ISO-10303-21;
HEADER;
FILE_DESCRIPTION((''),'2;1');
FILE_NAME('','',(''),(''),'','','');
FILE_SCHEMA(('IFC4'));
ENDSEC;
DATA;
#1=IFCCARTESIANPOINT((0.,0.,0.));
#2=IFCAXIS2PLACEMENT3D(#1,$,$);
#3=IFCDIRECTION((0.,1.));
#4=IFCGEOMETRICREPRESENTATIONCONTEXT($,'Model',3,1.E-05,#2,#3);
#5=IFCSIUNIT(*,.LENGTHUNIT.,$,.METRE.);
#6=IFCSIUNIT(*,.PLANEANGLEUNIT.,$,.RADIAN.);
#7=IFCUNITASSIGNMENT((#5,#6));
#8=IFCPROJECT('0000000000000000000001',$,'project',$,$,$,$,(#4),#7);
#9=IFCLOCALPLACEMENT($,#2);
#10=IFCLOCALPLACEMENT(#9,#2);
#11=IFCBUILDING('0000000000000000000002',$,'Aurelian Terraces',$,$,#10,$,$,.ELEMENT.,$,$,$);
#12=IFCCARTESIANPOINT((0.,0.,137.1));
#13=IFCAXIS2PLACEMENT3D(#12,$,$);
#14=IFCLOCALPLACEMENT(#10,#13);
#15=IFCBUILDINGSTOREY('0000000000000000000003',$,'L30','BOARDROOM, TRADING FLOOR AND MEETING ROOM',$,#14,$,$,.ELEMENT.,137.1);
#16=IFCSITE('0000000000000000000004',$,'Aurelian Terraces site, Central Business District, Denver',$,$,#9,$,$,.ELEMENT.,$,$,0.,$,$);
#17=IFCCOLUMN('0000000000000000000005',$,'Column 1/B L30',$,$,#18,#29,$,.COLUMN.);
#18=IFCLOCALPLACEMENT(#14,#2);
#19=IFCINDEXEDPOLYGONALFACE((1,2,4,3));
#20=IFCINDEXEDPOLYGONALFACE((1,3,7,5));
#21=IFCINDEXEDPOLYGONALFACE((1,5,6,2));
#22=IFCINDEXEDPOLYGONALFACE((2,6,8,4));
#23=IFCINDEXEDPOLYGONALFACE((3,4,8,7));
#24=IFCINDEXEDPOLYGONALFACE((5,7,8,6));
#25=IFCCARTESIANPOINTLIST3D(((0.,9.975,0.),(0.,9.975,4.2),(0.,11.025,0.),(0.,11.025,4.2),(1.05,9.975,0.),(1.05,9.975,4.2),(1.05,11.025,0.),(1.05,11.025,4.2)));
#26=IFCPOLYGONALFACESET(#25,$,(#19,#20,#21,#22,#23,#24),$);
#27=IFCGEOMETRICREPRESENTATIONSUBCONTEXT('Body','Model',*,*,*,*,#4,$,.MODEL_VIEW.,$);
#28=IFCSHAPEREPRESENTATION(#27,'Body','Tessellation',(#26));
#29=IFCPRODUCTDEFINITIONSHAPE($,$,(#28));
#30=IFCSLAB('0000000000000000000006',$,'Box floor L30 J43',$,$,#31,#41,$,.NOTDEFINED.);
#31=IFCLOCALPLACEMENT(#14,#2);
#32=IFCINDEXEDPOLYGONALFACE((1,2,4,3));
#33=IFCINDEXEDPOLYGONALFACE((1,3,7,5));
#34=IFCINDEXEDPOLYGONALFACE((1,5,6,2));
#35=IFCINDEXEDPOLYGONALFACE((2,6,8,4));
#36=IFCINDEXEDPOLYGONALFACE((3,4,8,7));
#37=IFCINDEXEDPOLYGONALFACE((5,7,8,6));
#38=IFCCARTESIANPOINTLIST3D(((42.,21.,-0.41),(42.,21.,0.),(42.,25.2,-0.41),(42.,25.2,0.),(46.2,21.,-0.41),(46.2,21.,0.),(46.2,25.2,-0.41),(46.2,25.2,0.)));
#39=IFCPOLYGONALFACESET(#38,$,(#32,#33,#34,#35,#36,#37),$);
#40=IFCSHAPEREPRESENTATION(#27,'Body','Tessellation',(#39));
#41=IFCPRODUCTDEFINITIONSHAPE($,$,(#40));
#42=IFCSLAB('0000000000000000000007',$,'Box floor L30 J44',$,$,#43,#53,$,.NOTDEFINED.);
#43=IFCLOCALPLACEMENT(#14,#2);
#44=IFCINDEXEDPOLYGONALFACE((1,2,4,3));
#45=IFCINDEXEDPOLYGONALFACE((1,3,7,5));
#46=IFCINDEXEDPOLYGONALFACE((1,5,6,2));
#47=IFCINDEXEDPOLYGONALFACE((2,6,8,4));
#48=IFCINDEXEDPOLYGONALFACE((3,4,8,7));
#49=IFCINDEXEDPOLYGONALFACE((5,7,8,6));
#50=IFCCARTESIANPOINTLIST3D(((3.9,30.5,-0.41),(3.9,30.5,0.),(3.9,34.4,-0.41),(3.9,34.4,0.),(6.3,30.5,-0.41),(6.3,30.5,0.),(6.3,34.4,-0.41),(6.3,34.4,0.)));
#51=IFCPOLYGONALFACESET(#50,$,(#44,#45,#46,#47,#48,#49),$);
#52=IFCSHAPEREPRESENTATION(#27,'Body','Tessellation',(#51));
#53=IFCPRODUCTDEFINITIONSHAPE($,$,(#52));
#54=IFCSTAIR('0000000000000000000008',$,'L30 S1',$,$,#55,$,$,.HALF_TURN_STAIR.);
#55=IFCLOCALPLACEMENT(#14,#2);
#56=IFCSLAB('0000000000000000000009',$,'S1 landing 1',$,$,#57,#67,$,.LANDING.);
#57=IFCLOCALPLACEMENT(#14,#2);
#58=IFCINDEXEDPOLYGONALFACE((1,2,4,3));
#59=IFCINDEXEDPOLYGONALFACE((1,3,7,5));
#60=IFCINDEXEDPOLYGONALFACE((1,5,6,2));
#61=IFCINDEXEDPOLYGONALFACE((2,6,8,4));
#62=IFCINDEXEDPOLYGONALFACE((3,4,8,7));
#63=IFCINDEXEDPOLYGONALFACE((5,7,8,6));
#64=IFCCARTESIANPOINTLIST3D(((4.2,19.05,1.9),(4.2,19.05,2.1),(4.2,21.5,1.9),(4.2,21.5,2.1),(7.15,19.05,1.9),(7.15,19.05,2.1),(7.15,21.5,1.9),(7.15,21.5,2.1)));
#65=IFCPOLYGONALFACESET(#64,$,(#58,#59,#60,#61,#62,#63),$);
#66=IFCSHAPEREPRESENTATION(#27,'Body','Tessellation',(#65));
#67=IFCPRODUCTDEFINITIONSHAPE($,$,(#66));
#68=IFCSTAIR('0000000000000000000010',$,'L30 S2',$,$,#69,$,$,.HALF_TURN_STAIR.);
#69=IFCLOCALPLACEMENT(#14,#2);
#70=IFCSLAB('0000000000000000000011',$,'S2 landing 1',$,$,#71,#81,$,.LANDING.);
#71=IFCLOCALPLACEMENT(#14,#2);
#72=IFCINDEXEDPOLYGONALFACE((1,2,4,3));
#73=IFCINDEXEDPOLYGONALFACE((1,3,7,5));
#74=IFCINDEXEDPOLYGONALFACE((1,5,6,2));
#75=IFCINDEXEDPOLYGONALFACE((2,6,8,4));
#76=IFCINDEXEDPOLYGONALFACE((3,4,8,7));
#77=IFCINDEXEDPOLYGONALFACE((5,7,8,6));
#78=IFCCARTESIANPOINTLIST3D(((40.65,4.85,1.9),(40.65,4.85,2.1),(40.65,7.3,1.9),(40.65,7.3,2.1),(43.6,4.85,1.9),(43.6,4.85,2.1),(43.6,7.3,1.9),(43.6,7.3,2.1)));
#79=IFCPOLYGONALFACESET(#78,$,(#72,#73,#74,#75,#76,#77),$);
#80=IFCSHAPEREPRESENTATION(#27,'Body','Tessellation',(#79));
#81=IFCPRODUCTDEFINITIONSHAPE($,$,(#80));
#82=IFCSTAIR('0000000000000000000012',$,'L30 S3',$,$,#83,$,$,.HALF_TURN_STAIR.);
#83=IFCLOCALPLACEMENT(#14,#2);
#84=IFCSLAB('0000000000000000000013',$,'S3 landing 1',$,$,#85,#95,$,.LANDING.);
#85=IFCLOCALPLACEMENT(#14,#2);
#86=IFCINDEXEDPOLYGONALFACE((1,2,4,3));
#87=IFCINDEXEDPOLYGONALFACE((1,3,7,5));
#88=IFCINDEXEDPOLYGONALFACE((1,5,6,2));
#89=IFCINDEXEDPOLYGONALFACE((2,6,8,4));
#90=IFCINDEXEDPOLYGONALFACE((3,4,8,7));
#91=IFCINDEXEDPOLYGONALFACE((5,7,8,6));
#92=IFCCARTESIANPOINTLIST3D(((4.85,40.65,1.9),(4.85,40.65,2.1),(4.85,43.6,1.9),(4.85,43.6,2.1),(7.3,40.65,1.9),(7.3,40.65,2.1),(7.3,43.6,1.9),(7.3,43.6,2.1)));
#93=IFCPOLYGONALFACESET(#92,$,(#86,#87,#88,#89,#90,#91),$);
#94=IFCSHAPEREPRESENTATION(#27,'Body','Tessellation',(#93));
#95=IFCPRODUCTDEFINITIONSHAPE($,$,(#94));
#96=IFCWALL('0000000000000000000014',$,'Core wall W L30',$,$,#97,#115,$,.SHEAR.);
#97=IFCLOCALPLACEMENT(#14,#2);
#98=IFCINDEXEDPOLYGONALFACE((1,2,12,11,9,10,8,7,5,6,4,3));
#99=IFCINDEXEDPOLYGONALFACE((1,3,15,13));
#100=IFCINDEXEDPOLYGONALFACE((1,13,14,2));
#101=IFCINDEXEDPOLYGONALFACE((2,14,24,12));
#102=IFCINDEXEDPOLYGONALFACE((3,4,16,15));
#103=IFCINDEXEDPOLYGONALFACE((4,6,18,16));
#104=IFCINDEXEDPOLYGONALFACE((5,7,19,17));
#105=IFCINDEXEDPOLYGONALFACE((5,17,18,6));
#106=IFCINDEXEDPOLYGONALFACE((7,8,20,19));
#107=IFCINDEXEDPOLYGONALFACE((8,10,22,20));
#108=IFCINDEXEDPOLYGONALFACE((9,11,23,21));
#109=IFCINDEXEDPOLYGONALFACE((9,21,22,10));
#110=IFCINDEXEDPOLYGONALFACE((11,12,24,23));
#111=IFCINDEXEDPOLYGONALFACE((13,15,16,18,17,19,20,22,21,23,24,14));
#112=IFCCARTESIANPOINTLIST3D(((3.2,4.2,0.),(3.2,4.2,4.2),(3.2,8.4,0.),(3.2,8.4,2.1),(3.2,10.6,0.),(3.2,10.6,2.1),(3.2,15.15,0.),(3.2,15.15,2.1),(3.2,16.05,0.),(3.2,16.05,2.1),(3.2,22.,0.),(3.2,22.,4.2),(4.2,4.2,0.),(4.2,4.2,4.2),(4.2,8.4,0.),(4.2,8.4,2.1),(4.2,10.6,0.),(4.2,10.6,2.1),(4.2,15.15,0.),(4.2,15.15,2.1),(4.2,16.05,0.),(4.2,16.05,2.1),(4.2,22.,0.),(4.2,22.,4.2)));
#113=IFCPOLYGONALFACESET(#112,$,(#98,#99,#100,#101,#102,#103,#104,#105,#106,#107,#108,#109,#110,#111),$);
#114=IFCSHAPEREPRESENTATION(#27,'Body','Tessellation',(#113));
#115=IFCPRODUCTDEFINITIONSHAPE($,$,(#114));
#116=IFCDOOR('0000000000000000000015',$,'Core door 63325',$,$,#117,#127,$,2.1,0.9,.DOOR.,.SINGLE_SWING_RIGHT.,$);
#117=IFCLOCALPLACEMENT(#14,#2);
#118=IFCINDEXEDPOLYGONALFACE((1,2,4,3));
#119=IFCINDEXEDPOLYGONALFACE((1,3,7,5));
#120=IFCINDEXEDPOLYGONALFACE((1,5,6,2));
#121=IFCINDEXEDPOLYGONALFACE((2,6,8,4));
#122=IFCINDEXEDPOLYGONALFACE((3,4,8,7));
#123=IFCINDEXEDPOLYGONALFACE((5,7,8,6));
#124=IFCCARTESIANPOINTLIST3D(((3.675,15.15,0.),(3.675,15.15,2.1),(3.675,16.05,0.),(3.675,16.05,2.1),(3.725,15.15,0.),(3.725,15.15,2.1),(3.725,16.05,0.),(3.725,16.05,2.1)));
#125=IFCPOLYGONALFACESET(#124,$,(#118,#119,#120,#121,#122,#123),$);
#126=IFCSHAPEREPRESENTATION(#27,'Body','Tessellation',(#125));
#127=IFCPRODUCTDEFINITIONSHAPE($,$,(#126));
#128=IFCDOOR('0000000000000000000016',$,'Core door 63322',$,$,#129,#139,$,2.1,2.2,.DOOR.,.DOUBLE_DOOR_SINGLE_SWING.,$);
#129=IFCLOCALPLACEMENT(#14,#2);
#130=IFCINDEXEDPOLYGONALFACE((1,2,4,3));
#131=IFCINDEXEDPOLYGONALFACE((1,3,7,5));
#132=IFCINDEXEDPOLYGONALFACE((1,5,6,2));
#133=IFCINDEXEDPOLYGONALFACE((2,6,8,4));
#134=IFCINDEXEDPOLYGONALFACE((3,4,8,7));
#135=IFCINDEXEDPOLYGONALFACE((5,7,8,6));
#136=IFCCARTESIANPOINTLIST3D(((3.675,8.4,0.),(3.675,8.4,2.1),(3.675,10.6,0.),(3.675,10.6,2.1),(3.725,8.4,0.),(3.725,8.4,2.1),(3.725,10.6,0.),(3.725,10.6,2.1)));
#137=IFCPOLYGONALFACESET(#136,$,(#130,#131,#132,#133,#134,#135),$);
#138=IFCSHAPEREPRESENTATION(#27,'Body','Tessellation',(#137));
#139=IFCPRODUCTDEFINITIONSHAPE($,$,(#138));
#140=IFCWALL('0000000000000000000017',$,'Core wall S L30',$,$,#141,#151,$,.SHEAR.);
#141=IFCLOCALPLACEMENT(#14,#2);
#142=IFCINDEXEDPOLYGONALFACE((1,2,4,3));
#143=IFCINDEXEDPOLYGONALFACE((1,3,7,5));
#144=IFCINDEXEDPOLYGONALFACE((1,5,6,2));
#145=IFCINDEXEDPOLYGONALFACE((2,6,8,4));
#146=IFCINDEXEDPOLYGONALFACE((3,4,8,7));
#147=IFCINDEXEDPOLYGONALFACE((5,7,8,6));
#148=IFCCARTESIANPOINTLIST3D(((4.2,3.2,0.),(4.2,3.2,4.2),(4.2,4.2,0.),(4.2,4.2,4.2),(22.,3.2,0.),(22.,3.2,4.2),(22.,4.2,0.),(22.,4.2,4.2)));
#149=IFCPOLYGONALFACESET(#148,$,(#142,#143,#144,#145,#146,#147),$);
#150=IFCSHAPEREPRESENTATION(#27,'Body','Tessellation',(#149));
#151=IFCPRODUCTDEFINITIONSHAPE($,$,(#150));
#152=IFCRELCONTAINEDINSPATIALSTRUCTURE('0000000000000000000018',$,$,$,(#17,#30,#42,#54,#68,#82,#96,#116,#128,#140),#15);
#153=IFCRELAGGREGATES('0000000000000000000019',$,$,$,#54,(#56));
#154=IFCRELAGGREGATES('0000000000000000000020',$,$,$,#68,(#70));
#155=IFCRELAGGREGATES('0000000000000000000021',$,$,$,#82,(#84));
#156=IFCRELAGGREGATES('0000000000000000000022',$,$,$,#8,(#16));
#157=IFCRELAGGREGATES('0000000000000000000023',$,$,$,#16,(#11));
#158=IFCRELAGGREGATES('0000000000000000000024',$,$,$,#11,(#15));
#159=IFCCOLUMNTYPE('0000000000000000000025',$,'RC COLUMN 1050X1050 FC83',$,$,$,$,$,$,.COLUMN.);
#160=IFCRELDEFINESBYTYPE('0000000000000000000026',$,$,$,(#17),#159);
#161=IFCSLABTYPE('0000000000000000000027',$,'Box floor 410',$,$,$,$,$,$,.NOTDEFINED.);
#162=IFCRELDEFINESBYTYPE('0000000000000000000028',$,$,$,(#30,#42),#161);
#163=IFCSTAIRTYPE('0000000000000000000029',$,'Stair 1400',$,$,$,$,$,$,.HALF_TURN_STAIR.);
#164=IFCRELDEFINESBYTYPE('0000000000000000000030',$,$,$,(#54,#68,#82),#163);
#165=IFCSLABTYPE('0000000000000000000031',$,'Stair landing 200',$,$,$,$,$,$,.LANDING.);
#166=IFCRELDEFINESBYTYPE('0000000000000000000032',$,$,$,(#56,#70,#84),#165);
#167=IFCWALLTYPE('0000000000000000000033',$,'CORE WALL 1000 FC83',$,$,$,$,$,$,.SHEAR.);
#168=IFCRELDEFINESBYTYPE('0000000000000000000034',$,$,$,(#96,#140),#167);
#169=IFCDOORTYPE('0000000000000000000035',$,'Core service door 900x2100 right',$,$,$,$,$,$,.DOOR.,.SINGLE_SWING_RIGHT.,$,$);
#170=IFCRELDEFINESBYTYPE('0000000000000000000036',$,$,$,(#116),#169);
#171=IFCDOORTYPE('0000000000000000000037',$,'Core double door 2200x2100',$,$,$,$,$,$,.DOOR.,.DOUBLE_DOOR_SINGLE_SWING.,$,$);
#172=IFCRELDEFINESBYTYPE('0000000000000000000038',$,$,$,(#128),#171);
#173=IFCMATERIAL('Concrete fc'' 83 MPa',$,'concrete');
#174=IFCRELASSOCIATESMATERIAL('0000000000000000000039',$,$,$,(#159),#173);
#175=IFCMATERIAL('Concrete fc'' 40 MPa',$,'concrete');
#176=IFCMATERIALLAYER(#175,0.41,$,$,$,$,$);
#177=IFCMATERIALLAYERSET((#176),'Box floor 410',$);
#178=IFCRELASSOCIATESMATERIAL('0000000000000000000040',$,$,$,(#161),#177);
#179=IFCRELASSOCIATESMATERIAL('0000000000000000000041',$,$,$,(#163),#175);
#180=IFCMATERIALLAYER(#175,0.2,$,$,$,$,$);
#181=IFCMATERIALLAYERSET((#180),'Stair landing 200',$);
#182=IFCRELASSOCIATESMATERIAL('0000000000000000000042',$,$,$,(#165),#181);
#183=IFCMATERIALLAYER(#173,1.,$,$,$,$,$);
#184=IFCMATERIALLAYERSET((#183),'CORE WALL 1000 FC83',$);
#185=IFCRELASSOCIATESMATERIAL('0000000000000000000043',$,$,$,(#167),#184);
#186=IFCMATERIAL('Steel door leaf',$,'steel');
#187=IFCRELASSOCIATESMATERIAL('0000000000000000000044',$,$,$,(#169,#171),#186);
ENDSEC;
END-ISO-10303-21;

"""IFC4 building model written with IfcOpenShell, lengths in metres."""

from ifc_helpers import new_model, si_unit, direction, frame, frame_2d, origin, origin_2d, place, context, subcontext, project, spatial, polyline, rectangle, outline, extrude, source, transform, mapped, material, layer, layer_set, material_profile, profile_set, type_object, element, fill, aggregate, save


model = new_model("IFC4")

# Units and contexts
model_context = context("Model", 3, precision=1e-05, world=origin(), true_north=direction((0.0, 1.0)))
body_context = subcontext(model_context, "Body", "Model", "MODEL_VIEW")
ifc_project = project(units=[si_unit("LENGTHUNIT", "METRE"), si_unit("PLANEANGLEUNIT", "RADIAN")], contexts=[model_context])

# Site, building, storey
site_placement = place(None, origin())
site = spatial("IfcSite", under=ifc_project, at=site_placement, Name="Aurelian Terraces site, Central Business District, Denver", CompositionType="ELEMENT", RefElevation=0.0)
building_placement = place(site_placement, origin())
building = spatial("IfcBuilding", under=site, at=building_placement, Name="Aurelian Terraces", CompositionType="ELEMENT")
storey_placement = place(building_placement, frame((0.0, 0.0, 137.1)))
storey = spatial("IfcBuildingStorey", under=building, at=storey_placement, Name="L30", Description="BOARDROOM, TRADING FLOOR AND MEETING ROOM", CompositionType="ELEMENT", Elevation=137.1)

# Column
ifc_material_1 = material(Name="Concrete fc' 83 MPa", Category="concrete")
ifc_material_profile = material_profile(ifc_material_1, rectangle(XDim=1.05, YDim=1.05, at=origin_2d()))
ifc_profile_set = profile_set([ifc_material_profile], Name="Concrete fc' 83 MPa")
column_type = type_object("IfcColumnType", Name="RC COLUMN 1050X1050 FC83", PredefinedType="COLUMN", material=ifc_profile_set)
shared_shape_1 = source(origin(), body_context, "Body", "SweptSolid", [
    extrude(rectangle(XDim=1.05, YDim=1.05, at=origin_2d()), origin(), (0.0, 0.0, 1.0), 4.2),
])
column_placement = place(storey_placement, frame((0.525, 10.5, 0.0), z_axis=(0.0, 0.0, 1.0), x_axis=(1.0, 0.0, 0.0)))
element("IfcColumn", 1, at=column_placement, inside=storey, type_object=column_type, Name="Column 1/B L30", PredefinedType="COLUMN", context=body_context, shape_type="MappedRepresentation", body=[
    mapped(shared_shape_1, transform((0.0, 0.0, 0.0), scale=1.0)),
])

# Slabs
ifc_material_2 = material(Name="Concrete fc' 40 MPa", Category="concrete")
ifc_layer_1 = layer(ifc_material_2, 0.41)
ifc_layer_set_1 = layer_set([ifc_layer_1], Name="Box floor 410")
slab_type_1 = type_object("IfcSlabType", Name="Box floor 410", PredefinedType="NOTDEFINED", material=ifc_layer_set_1)
shared_shape_2 = source(origin(), body_context, "Body", "SweptSolid", [
    extrude(outline(polyline([(46.2, 25.2), (42.0, 25.2), (42.0, 21.0), (46.2, 21.0), (46.2, 25.2)])), origin(), (0.0, 0.0, 1.0), 0.41),
])
slab_1_placement = place(storey_placement, frame((0.0, 0.0, -0.41)))
element("IfcSlab", 2, at=slab_1_placement, inside=storey, type_object=slab_type_1, Name="Box floor L30 J43", PredefinedType="NOTDEFINED", context=body_context, shape_type="MappedRepresentation", body=[
    mapped(shared_shape_2, transform((0.0, 0.0, 0.0), scale=1.0)),
])
shared_shape_3 = source(origin(), body_context, "Body", "SweptSolid", [
    extrude(outline(polyline([(3.9, 34.4), (3.9, 30.5), (6.3, 30.5), (6.3, 34.4), (3.9, 34.4)])), origin(), (0.0, 0.0, 1.0), 0.41),
])
slab_2_placement = place(storey_placement, frame((0.0, 0.0, -0.41)))
element("IfcSlab", 3, at=slab_2_placement, inside=storey, type_object=slab_type_1, Name="Box floor L30 J44", PredefinedType="NOTDEFINED", context=body_context, shape_type="MappedRepresentation", body=[
    mapped(shared_shape_3, transform((0.0, 0.0, 0.0), scale=1.0)),
])

# Stairs, slabs
stair_type = type_object("IfcStairType", Name="Stair 1400", PredefinedType="HALF_TURN_STAIR", material=ifc_material_2)
stair_1_placement = place(storey_placement, origin())
stair_1 = element("IfcStair", 4, at=stair_1_placement, inside=storey, type_object=stair_type, Name="L30 S1", PredefinedType="HALF_TURN_STAIR")
ifc_layer_2 = layer(ifc_material_2, 0.2)
ifc_layer_set_2 = layer_set([ifc_layer_2], Name="Stair landing 200")
slab_type_2 = type_object("IfcSlabType", Name="Stair landing 200", PredefinedType="LANDING", material=ifc_layer_set_2)
shared_shape_4 = source(origin(), body_context, "Body", "SweptSolid", [
    extrude(outline(polyline([(7.15, 19.05), (7.15, 21.5), (4.2, 21.5), (4.2, 19.05), (7.15, 19.05)])), origin(), (0.0, 0.0, 1.0), 0.2),
])
slab_3_placement = place(storey_placement, frame((0.0, 0.0, 1.9)))
slab_3 = element("IfcSlab", 5, at=slab_3_placement, type_object=slab_type_2, Name="S1 landing 1", PredefinedType="LANDING", context=body_context, shape_type="MappedRepresentation", body=[
    mapped(shared_shape_4, transform((0.0, 0.0, 0.0), scale=1.0)),
])
aggregate(stair_1, [slab_3])
stair_2_placement = place(storey_placement, origin())
stair_2 = element("IfcStair", 6, at=stair_2_placement, inside=storey, type_object=stair_type, Name="L30 S2", PredefinedType="HALF_TURN_STAIR")
shared_shape_5 = source(origin(), body_context, "Body", "SweptSolid", [
    extrude(outline(polyline([(43.6, 4.85), (43.6, 7.3), (40.65, 7.3), (40.65, 4.85), (43.6, 4.85)])), origin(), (0.0, 0.0, 1.0), 0.2),
])
slab_4_placement = place(storey_placement, frame((0.0, 0.0, 1.9)))
slab_4 = element("IfcSlab", 7, at=slab_4_placement, type_object=slab_type_2, Name="S2 landing 1", PredefinedType="LANDING", context=body_context, shape_type="MappedRepresentation", body=[
    mapped(shared_shape_5, transform((0.0, 0.0, 0.0), scale=1.0)),
])
aggregate(stair_2, [slab_4])
stair_3_placement = place(storey_placement, origin())
stair_3 = element("IfcStair", 8, at=stair_3_placement, inside=storey, type_object=stair_type, Name="L30 S3", PredefinedType="HALF_TURN_STAIR")
shared_shape_6 = source(origin(), body_context, "Body", "SweptSolid", [
    extrude(outline(polyline([(4.85, 40.65), (7.3, 40.65), (7.3, 43.6), (4.85, 43.6), (4.85, 40.65)])), origin(), (0.0, 0.0, 1.0), 0.2),
])
slab_5_placement = place(storey_placement, frame((0.0, 0.0, 1.9)))
slab_5 = element("IfcSlab", 9, at=slab_5_placement, type_object=slab_type_2, Name="S3 landing 1", PredefinedType="LANDING", context=body_context, shape_type="MappedRepresentation", body=[
    mapped(shared_shape_6, transform((0.0, 0.0, 0.0), scale=1.0)),
])
aggregate(stair_3, [slab_5])

# Wall, openings, doors
ifc_layer_3 = layer(ifc_material_1, 1.0)
ifc_layer_set_3 = layer_set([ifc_layer_3], Name="CORE WALL 1000 FC83")
wall_type_1 = type_object("IfcWallType", Name="CORE WALL 1000 FC83", PredefinedType="SHEAR", material=ifc_layer_set_3)
shared_shape_7 = source(origin(), body_context, "Body", "SweptSolid", [
    extrude(rectangle(XDim=17.8, YDim=1.0, at=frame_2d((8.9, 0.0))), origin(), (0.0, 0.0, 1.0), 4.2),
])
wall_1_placement = place(storey_placement, frame((3.7, 4.2, 0.0), z_axis=(0.0, 0.0, 1.0), x_axis=(0.0, 1.0, 0.0)))
wall_1 = element("IfcWall", 10, at=wall_1_placement, inside=storey, type_object=wall_type_1, Name="Core wall W L30", PredefinedType="SHEAR", context=body_context, shape_type="MappedRepresentation", body=[
    mapped(shared_shape_7, transform((0.0, 0.0, 0.0), scale=1.0)),
])
shared_shape_8 = source(origin(), body_context, "Body", "SweptSolid", [
    extrude(rectangle(XDim=2.2, YDim=2.1, at=frame_2d((1.1, 1.05))), frame((0.0, 0.51, 0.0), z_axis=(0.0, -1.0, 0.0), x_axis=(1.0, 0.0, 0.0)), (0.0, 0.0, 1.0), 1.02),
])
opening_1_placement = place(wall_1_placement, frame((4.2, 0.0, 0.0)))
opening_1 = element("IfcOpeningElement", 11, at=opening_1_placement, cuts=wall_1, PredefinedType="OPENING", context=body_context, shape_type="MappedRepresentation", body=[
    mapped(shared_shape_8, transform((0.0, 0.0, 0.0), scale=1.0)),
])
shared_shape_9 = source(origin(), body_context, "Body", "SweptSolid", [
    extrude(rectangle(XDim=0.9, YDim=2.1, at=frame_2d((0.45, 1.05))), frame((0.0, 0.51, 0.0), z_axis=(0.0, -1.0, 0.0), x_axis=(1.0, 0.0, 0.0)), (0.0, 0.0, 1.0), 1.02),
])
opening_2_placement = place(wall_1_placement, frame((10.95, 0.0, 0.0)))
opening_2 = element("IfcOpeningElement", 12, at=opening_2_placement, cuts=wall_1, PredefinedType="OPENING", context=body_context, shape_type="MappedRepresentation", body=[
    mapped(shared_shape_9, transform((0.0, 0.0, 0.0), scale=1.0)),
])
ifc_material_3 = material(Name="Steel door leaf", Category="steel")
door_type_1 = type_object("IfcDoorType", Name="Core service door 900x2100 right", OperationType="SINGLE_SWING_RIGHT", PredefinedType="DOOR", material=ifc_material_3)
shared_shape_10 = source(origin(), body_context, "Body", "SweptSolid", [
    extrude(rectangle(XDim=0.9, YDim=2.1, at=frame_2d((0.45, 1.05))), frame((0.0, 0.025, 0.0), z_axis=(0.0, -1.0, 0.0), x_axis=(1.0, 0.0, 0.0)), (0.0, 0.0, 1.0), 0.05),
])
door_1_placement = place(opening_2_placement, origin())
door_1 = element("IfcDoor", 13, at=door_1_placement, inside=storey, type_object=door_type_1, Name="Core door 63325", OperationType="SINGLE_SWING_RIGHT", OverallHeight=2.1, OverallWidth=0.9, PredefinedType="DOOR", context=body_context, shape_type="MappedRepresentation", body=[
    mapped(shared_shape_10, transform((0.0, 0.0, 0.0), scale=1.0)),
])
fill(opening_2, door_1)
door_type_2 = type_object("IfcDoorType", Name="Core double door 2200x2100", OperationType="DOUBLE_DOOR_SINGLE_SWING", PredefinedType="DOOR", material=ifc_material_3)
shared_shape_11 = source(origin(), body_context, "Body", "SweptSolid", [
    extrude(rectangle(XDim=2.2, YDim=2.1, at=frame_2d((1.1, 1.05))), frame((0.0, 0.025, 0.0), z_axis=(0.0, -1.0, 0.0), x_axis=(1.0, 0.0, 0.0)), (0.0, 0.0, 1.0), 0.05),
])
door_2_placement = place(opening_1_placement, origin())
door_2 = element("IfcDoor", 14, at=door_2_placement, inside=storey, type_object=door_type_2, Name="Core door 63322", OperationType="DOUBLE_DOOR_SINGLE_SWING", OverallHeight=2.1, OverallWidth=2.2, PredefinedType="DOOR", context=body_context, shape_type="MappedRepresentation", body=[
    mapped(shared_shape_11, transform((0.0, 0.0, 0.0), scale=1.0)),
])
fill(opening_1, door_2)

# Wall
wall_2_placement = place(storey_placement, frame((4.2, 3.7, 0.0), z_axis=(0.0, 0.0, 1.0), x_axis=(1.0, 0.0, 0.0)))
element("IfcWall", 15, at=wall_2_placement, inside=storey, type_object=wall_type_1, Name="Core wall S L30", PredefinedType="SHEAR", context=body_context, shape_type="MappedRepresentation", body=[
    mapped(shared_shape_7, transform((0.0, 0.0, 0.0), scale=1.0)),
])

save(model, "model.ifc")
